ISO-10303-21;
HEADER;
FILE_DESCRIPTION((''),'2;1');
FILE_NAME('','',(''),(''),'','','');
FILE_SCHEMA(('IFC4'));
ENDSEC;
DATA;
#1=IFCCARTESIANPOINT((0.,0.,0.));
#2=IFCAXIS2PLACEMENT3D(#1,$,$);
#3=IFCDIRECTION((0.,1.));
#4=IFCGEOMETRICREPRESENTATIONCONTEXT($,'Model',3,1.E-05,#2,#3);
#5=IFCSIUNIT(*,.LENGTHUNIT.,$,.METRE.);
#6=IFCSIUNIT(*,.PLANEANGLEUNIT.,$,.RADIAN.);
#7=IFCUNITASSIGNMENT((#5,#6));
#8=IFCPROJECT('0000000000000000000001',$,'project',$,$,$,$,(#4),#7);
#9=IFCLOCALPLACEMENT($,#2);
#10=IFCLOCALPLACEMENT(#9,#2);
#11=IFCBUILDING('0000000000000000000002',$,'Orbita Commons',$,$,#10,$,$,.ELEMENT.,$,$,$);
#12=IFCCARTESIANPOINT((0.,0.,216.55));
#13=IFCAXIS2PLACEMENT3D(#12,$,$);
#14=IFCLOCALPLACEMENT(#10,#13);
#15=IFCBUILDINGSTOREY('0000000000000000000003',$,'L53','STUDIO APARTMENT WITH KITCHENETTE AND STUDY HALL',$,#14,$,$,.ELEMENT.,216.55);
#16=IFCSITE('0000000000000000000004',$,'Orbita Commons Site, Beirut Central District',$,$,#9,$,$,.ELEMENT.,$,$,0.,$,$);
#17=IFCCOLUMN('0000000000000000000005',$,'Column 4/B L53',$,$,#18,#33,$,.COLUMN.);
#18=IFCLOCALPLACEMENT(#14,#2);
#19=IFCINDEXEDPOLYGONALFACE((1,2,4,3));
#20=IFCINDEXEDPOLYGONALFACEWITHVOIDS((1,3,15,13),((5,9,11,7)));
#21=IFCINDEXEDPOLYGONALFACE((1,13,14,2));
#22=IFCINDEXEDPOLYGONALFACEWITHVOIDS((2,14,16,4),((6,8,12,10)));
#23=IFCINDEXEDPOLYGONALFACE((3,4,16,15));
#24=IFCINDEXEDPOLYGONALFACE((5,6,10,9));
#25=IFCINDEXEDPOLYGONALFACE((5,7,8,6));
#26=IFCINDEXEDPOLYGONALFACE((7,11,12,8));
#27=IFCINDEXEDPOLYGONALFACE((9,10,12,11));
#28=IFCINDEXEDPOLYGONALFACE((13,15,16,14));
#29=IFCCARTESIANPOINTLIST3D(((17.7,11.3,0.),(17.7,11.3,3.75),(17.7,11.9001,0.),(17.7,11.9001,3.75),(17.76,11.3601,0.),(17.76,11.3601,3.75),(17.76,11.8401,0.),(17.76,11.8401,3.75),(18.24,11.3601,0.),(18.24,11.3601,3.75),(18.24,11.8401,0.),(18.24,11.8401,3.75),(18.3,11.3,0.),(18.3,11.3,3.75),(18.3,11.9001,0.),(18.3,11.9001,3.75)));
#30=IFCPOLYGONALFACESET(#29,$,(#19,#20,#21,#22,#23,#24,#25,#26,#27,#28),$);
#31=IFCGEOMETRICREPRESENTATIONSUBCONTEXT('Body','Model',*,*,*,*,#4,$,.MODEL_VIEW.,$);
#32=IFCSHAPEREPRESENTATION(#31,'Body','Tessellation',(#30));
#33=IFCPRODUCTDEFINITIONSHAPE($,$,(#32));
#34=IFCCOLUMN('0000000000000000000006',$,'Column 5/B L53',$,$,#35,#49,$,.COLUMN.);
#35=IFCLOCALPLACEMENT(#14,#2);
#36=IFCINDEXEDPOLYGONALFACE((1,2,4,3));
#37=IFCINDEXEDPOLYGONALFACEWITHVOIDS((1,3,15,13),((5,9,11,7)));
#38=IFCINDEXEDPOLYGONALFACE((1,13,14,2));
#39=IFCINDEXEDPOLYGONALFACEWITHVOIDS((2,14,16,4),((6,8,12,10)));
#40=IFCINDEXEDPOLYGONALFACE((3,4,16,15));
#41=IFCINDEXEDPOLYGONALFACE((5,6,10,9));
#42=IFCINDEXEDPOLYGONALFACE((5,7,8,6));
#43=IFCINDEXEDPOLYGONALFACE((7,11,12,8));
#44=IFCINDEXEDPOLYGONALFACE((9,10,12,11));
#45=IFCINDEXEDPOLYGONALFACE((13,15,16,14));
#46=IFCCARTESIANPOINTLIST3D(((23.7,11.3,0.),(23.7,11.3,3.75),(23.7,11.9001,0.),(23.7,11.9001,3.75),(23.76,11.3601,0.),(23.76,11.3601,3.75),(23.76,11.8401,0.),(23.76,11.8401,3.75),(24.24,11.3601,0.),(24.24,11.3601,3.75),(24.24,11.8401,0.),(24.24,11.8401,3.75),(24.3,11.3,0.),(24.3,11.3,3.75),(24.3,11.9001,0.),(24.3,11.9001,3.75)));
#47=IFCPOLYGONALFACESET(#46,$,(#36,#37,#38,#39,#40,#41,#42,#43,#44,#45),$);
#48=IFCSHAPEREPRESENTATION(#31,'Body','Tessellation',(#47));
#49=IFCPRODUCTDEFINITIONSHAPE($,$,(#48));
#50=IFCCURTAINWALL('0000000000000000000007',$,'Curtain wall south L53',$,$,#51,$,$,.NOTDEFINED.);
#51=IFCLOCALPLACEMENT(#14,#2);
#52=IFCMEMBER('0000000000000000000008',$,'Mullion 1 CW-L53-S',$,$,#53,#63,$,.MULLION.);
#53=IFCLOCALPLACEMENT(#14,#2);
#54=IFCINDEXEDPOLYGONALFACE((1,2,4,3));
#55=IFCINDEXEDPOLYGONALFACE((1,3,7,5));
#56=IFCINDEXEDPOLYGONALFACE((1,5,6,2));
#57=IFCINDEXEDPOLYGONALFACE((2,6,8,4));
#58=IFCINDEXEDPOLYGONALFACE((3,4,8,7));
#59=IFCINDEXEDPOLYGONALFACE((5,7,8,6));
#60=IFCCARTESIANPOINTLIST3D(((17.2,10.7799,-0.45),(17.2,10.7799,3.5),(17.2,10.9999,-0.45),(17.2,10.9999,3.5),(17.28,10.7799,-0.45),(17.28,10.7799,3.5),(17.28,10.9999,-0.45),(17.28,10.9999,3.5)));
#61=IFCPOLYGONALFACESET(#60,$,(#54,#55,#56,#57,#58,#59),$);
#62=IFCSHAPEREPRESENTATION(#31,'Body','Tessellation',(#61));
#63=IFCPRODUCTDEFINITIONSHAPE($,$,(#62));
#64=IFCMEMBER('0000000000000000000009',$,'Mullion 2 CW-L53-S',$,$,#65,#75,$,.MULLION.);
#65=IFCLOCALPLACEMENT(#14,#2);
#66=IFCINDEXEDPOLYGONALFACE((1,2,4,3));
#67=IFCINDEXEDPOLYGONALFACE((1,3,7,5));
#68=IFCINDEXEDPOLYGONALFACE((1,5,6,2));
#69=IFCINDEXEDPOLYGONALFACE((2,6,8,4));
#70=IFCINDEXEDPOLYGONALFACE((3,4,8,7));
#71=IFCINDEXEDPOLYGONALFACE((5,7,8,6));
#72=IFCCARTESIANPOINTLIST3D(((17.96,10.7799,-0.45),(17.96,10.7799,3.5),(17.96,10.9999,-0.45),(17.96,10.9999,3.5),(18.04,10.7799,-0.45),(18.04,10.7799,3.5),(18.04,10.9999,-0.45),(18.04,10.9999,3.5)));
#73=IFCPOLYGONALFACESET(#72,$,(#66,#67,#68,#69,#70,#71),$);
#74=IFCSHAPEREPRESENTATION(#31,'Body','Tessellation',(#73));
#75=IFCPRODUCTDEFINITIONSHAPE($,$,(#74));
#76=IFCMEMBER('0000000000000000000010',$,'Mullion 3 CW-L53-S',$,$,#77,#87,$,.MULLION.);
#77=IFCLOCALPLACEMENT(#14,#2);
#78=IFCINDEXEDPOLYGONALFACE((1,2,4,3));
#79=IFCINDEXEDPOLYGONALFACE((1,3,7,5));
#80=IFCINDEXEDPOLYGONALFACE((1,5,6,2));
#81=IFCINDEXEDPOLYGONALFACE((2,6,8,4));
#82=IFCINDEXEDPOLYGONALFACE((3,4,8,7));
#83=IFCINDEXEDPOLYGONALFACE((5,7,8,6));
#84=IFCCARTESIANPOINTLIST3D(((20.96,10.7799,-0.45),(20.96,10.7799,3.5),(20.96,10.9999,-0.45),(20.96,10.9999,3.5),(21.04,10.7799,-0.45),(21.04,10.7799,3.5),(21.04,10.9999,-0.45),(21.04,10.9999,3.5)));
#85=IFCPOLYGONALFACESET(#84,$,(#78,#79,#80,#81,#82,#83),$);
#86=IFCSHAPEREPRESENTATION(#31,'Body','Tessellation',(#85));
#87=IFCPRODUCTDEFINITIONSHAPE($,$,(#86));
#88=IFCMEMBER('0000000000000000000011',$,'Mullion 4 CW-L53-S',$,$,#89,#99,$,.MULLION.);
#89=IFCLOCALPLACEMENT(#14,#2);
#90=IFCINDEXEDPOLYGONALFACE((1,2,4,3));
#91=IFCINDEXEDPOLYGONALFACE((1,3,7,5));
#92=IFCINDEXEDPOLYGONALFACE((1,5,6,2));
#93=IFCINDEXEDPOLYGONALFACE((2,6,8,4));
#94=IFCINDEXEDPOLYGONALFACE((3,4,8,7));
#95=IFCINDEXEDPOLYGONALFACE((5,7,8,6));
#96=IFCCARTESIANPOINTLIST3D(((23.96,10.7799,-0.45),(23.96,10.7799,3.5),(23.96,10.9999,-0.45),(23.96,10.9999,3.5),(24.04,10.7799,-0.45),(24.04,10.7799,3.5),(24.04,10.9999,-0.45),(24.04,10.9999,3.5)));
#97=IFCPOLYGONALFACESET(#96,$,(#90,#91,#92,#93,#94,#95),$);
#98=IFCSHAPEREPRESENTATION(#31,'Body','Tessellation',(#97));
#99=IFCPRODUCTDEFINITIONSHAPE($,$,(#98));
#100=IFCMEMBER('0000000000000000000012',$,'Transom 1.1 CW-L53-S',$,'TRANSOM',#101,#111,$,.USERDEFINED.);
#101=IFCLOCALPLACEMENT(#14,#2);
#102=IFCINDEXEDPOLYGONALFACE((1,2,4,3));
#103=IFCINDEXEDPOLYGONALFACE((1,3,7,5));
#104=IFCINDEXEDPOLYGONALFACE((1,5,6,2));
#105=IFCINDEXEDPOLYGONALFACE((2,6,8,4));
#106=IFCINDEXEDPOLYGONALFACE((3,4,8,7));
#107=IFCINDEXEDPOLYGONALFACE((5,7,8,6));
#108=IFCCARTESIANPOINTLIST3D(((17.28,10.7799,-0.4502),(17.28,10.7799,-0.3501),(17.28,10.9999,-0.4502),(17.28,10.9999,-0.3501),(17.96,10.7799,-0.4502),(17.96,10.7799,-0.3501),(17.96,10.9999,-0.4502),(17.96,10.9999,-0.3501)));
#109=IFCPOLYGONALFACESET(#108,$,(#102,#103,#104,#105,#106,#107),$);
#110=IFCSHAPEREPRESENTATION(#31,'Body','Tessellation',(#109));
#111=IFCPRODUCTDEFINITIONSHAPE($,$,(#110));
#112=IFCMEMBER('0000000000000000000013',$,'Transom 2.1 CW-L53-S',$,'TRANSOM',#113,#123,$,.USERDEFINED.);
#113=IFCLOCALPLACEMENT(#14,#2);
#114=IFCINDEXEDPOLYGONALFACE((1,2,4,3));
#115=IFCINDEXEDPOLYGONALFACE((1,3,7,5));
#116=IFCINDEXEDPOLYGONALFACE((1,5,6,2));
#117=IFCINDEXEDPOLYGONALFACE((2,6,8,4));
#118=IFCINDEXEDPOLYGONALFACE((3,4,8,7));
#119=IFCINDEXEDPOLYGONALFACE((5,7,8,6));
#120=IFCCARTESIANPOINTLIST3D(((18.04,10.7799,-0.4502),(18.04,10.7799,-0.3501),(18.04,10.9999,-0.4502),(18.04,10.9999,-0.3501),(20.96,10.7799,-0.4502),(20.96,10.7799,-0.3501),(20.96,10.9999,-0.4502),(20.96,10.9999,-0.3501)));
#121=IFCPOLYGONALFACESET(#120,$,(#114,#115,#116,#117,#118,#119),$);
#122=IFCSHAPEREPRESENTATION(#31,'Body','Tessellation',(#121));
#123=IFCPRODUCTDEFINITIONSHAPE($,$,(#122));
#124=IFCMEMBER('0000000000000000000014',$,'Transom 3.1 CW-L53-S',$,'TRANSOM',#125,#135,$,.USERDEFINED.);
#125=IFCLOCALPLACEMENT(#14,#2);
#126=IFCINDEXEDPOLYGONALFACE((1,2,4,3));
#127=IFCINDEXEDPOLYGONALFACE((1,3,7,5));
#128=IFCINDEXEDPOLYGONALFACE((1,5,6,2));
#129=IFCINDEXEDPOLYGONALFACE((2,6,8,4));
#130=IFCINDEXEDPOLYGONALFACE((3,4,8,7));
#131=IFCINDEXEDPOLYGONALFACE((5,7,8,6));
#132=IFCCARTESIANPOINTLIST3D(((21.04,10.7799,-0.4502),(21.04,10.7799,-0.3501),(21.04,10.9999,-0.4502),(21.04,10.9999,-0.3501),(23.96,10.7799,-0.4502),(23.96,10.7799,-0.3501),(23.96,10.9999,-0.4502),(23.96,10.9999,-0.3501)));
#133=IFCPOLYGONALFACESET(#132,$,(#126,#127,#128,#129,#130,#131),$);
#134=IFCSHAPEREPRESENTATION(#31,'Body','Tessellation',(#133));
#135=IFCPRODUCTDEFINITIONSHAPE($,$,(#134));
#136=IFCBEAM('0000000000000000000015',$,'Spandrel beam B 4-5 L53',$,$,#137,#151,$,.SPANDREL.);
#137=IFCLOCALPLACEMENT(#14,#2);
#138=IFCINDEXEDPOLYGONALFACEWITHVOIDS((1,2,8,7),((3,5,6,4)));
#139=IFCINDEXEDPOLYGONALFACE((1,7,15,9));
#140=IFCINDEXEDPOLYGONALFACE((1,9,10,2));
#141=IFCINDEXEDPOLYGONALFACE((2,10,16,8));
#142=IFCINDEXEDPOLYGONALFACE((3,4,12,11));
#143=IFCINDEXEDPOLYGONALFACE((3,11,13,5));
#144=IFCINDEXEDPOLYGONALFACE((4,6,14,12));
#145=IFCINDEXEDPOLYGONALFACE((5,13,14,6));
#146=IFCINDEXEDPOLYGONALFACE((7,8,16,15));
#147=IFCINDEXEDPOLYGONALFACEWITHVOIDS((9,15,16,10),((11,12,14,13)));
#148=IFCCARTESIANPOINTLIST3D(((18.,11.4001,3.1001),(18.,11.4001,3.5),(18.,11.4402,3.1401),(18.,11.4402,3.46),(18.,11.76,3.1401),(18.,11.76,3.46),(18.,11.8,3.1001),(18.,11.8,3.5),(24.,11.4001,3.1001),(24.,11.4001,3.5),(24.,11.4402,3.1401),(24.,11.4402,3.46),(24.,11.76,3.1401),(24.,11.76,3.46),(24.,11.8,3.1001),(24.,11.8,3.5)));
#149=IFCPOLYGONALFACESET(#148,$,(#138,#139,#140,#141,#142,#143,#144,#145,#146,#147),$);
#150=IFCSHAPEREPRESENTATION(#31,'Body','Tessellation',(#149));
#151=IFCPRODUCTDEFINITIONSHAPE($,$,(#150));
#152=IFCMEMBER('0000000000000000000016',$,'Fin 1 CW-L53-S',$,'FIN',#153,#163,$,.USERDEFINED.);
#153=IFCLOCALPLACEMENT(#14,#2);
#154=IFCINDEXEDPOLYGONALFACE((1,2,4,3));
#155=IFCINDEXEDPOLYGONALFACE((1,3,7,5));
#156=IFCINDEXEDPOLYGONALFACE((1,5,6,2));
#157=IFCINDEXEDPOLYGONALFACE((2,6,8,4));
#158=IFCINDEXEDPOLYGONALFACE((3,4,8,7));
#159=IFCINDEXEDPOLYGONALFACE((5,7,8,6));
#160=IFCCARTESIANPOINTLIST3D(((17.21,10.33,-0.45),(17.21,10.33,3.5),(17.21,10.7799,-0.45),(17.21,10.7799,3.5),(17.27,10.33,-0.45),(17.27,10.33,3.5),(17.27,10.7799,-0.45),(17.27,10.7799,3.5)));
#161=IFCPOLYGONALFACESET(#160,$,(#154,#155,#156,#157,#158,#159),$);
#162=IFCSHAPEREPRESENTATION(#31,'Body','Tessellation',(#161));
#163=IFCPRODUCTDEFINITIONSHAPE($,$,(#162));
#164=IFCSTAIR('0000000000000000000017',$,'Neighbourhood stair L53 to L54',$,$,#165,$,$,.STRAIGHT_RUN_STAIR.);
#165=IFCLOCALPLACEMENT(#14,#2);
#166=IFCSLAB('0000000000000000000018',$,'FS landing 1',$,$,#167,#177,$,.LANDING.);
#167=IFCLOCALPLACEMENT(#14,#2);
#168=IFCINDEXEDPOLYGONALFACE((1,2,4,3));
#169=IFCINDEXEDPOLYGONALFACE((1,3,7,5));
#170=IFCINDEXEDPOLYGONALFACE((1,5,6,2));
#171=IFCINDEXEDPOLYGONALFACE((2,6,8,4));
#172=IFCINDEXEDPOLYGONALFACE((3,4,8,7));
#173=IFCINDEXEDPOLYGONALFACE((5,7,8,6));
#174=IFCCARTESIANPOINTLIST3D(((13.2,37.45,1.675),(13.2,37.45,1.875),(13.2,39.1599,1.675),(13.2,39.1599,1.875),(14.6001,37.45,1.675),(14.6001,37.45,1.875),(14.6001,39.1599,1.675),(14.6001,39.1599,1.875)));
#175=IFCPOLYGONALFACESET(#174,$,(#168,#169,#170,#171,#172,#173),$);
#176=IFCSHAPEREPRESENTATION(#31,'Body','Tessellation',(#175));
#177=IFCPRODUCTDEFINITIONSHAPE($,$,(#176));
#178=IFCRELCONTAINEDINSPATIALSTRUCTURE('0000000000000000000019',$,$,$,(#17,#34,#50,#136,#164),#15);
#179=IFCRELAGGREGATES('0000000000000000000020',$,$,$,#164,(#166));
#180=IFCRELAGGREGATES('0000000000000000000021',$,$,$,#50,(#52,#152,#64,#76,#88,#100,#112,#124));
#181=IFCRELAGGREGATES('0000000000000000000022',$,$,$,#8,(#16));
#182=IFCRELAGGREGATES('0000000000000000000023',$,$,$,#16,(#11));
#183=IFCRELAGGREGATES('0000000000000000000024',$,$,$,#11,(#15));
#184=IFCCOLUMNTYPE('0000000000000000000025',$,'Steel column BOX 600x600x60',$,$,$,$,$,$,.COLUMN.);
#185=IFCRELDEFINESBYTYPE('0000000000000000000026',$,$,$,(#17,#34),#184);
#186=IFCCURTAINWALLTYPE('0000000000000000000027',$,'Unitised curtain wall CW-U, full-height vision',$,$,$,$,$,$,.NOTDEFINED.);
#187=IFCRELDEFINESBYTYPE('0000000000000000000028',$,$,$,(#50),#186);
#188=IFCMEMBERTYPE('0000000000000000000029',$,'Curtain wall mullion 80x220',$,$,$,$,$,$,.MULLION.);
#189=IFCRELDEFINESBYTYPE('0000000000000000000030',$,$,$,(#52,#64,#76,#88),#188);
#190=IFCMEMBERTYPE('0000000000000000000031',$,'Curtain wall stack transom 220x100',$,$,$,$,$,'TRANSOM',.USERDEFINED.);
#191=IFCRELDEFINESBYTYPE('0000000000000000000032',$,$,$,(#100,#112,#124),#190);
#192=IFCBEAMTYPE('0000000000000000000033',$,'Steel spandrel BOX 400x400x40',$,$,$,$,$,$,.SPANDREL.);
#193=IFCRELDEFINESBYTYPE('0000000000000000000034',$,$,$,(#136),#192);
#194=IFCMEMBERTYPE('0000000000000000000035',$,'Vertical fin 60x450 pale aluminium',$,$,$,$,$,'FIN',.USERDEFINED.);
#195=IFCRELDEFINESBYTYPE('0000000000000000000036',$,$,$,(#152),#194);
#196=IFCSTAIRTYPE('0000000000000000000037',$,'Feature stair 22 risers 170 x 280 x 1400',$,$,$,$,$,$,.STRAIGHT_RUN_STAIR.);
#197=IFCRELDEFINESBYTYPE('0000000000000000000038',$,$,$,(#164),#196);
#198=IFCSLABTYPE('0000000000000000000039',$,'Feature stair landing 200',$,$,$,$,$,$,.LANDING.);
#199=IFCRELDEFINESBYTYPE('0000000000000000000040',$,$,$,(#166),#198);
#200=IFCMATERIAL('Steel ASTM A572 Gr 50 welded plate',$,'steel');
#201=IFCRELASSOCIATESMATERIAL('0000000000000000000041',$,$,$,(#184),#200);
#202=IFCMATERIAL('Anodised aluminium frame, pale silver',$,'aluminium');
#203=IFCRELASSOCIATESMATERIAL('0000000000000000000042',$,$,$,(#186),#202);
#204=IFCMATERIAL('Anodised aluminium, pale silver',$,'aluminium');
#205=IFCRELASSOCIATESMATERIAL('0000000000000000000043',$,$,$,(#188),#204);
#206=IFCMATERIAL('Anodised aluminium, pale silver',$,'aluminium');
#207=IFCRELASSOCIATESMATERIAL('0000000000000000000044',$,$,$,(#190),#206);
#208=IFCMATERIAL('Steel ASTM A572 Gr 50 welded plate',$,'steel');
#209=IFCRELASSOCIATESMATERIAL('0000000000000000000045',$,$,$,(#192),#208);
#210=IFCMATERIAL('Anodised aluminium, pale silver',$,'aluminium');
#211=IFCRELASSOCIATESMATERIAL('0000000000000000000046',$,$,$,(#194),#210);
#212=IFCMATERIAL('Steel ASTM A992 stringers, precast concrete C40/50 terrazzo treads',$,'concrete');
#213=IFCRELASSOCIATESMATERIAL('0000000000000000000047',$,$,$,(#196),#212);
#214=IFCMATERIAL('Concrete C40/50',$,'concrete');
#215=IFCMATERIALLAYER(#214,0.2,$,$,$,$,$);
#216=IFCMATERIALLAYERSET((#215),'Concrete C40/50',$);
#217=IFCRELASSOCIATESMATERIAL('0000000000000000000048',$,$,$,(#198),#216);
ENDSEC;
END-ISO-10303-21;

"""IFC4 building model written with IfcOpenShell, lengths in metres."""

from ifc_helpers import new_model, si_unit, direction, frame, origin, origin_2d, place, context, subcontext, project, spatial, polyline, rectangle, hollow_rectangle, outline, extrude, material, layer, layer_set, material_profile, profile_set, type_object, element, aggregate, save


model = new_model("IFC4")

# Units and contexts
model_context = context("Model", 3, precision=1e-05, world=origin(), true_north=direction((0.0, 1.0)))
body_context = subcontext(model_context, "Body", "Model", "MODEL_VIEW")
ifc_project = project(units=[si_unit("LENGTHUNIT", "METRE"), si_unit("PLANEANGLEUNIT", "RADIAN")], contexts=[model_context])

# Site, building, storey
site_placement = place(None, origin())
site = spatial("IfcSite", under=ifc_project, at=site_placement, Name="Orbita Commons Site, Beirut Central District", CompositionType="ELEMENT", RefElevation=0.0)
building_placement = place(site_placement, origin())
building = spatial("IfcBuilding", under=site, at=building_placement, Name="Orbita Commons", CompositionType="ELEMENT")
storey_placement = place(building_placement, frame((0.0, 0.0, 216.55)))
storey = spatial("IfcBuildingStorey", under=building, at=storey_placement, Name="L53", Description="STUDIO APARTMENT WITH KITCHENETTE AND STUDY HALL", CompositionType="ELEMENT", Elevation=216.55)

# Columns
ifc_material_1 = material(Name="Steel ASTM A572 Gr 50 welded plate", Category="steel")
ifc_material_profile_1 = material_profile(ifc_material_1, hollow_rectangle(XDim=0.6001, YDim=0.6001, WallThickness=0.0601, at=origin_2d()), Name="BOX 600x600x60")
ifc_profile_set_1 = profile_set([ifc_material_profile_1], Name="Steel ASTM A572 Gr 50 welded plate")
column_type = type_object("IfcColumnType", Name="Steel column BOX 600x600x60", PredefinedType="COLUMN", material=ifc_profile_set_1)
for number, where, z_axis, x_axis, name in (
    (1, (18.0, 11.6001, 0.0), (0.0, 0.0, 1.0), (1.0, 0.0, 0.0), "Column 4/B L53"),
    (2, (24.0, 11.6001, 0.0), (0.0, 0.0, 1.0), (1.0, 0.0, 0.0), "Column 5/B L53"),
):
    element("IfcColumn", number, at=place(storey_placement, frame(where, z_axis=z_axis, x_axis=x_axis)), inside=storey, type_object=column_type, Name=name, PredefinedType="COLUMN", context=body_context, shape_type="SweptSolid", body=[
        extrude(hollow_rectangle(XDim=0.6001, YDim=0.6001, WallThickness=0.0601, at=origin_2d()), origin(), (0.0, 0.0, 1.0), 3.75),
    ])

# Curtain wall, members
ifc_material_2 = material(Name="Anodised aluminium frame, pale silver", Category="aluminium")
curtain_wall_type = type_object("IfcCurtainWallType", Name="Unitised curtain wall CW-U, full-height vision", PredefinedType="NOTDEFINED", material=ifc_material_2)
curtain_wall_placement = place(storey_placement, origin())
curtain_wall = element("IfcCurtainWall", 3, at=curtain_wall_placement, inside=storey, type_object=curtain_wall_type, Name="Curtain wall south L53", PredefinedType="NOTDEFINED")
ifc_material_3 = material(Name="Anodised aluminium, pale silver", Category="aluminium")
ifc_material_profile_2 = material_profile(ifc_material_3, rectangle(XDim=0.0801, YDim=0.22, at=origin_2d()), Name="AL 80x220")
ifc_profile_set_2 = profile_set([ifc_material_profile_2], Name="Anodised aluminium, pale silver")
member_type_1 = type_object("IfcMemberType", Name="Curtain wall mullion 80x220", PredefinedType="MULLION", material=ifc_profile_set_2)
member_1_placement = place(storey_placement, frame((17.24, 10.8899, -0.45), z_axis=(0.0, 0.0, 1.0), x_axis=(1.0, 0.0, 0.0)))
member_1 = element("IfcMember", 4, at=member_1_placement, type_object=member_type_1, Name="Mullion 1 CW-L53-S", PredefinedType="MULLION", context=body_context, shape_type="SweptSolid", body=[
    extrude(rectangle(XDim=0.0801, YDim=0.22, at=origin_2d()), origin(), (0.0, 0.0, 1.0), 3.95),
])
member_2_placement = place(storey_placement, frame((18.0, 10.8899, -0.45), z_axis=(0.0, 0.0, 1.0), x_axis=(1.0, 0.0, 0.0)))
member_2 = element("IfcMember", 5, at=member_2_placement, type_object=member_type_1, Name="Mullion 2 CW-L53-S", PredefinedType="MULLION", context=body_context, shape_type="SweptSolid", body=[
    extrude(rectangle(XDim=0.0801, YDim=0.22, at=origin_2d()), origin(), (0.0, 0.0, 1.0), 3.95),
])
member_3_placement = place(storey_placement, frame((21.0, 10.8899, -0.45), z_axis=(0.0, 0.0, 1.0), x_axis=(1.0, 0.0, 0.0)))
member_3 = element("IfcMember", 6, at=member_3_placement, type_object=member_type_1, Name="Mullion 3 CW-L53-S", PredefinedType="MULLION", context=body_context, shape_type="SweptSolid", body=[
    extrude(rectangle(XDim=0.0801, YDim=0.22, at=origin_2d()), origin(), (0.0, 0.0, 1.0), 3.95),
])
member_4_placement = place(storey_placement, frame((24.0, 10.8899, -0.45), z_axis=(0.0, 0.0, 1.0), x_axis=(1.0, 0.0, 0.0)))
member_4 = element("IfcMember", 7, at=member_4_placement, type_object=member_type_1, Name="Mullion 4 CW-L53-S", PredefinedType="MULLION", context=body_context, shape_type="SweptSolid", body=[
    extrude(rectangle(XDim=0.0801, YDim=0.22, at=origin_2d()), origin(), (0.0, 0.0, 1.0), 3.95),
])
ifc_material_4 = material(Name="Anodised aluminium, pale silver", Category="aluminium")
ifc_material_profile_3 = material_profile(ifc_material_4, rectangle(XDim=0.22, YDim=0.1001, at=origin_2d()), Name="AL 220x100")
ifc_profile_set_3 = profile_set([ifc_material_profile_3], Name="Anodised aluminium, pale silver")
member_type_2 = type_object("IfcMemberType", Name="Curtain wall stack transom 220x100", ElementType="TRANSOM", PredefinedType="USERDEFINED", material=ifc_profile_set_3)
member_5_placement = place(storey_placement, frame((17.28, 10.8899, -0.4001), z_axis=(1.0, 0.0, 0.0), x_axis=(0.0, 1.0, 0.0)))
member_5 = element("IfcMember", 8, at=member_5_placement, type_object=member_type_2, Name="Transom 1.1 CW-L53-S", ObjectType="TRANSOM", PredefinedType="USERDEFINED", context=body_context, shape_type="SweptSolid", body=[
    extrude(rectangle(XDim=0.22, YDim=0.1001, at=origin_2d()), origin(), (0.0, 0.0, 1.0), 0.6799),
])
member_6_placement = place(storey_placement, frame((18.04, 10.8899, -0.4001), z_axis=(1.0, 0.0, 0.0), x_axis=(0.0, 1.0, 0.0)))
member_6 = element("IfcMember", 9, at=member_6_placement, type_object=member_type_2, Name="Transom 2.1 CW-L53-S", ObjectType="TRANSOM", PredefinedType="USERDEFINED", context=body_context, shape_type="SweptSolid", body=[
    extrude(rectangle(XDim=0.22, YDim=0.1001, at=origin_2d()), origin(), (0.0, 0.0, 1.0), 2.9199),
])
member_7_placement = place(storey_placement, frame((21.04, 10.8899, -0.4001), z_axis=(1.0, 0.0, 0.0), x_axis=(0.0, 1.0, 0.0)))
member_7 = element("IfcMember", 10, at=member_7_placement, type_object=member_type_2, Name="Transom 3.1 CW-L53-S", ObjectType="TRANSOM", PredefinedType="USERDEFINED", context=body_context, shape_type="SweptSolid", body=[
    extrude(rectangle(XDim=0.22, YDim=0.1001, at=origin_2d()), origin(), (0.0, 0.0, 1.0), 2.9199),
])

# Beam
ifc_material_5 = material(Name="Steel ASTM A572 Gr 50 welded plate", Category="steel")
ifc_material_profile_4 = material_profile(ifc_material_5, hollow_rectangle(XDim=0.3999, YDim=0.3999, WallThickness=0.04, at=origin_2d()), Name="BOX 400x400x40")
ifc_profile_set_4 = profile_set([ifc_material_profile_4], Name="Steel ASTM A572 Gr 50 welded plate")
beam_type = type_object("IfcBeamType", Name="Steel spandrel BOX 400x400x40", PredefinedType="SPANDREL", material=ifc_profile_set_4)
beam_placement = place(storey_placement, frame((18.0, 11.6001, 3.3), z_axis=(1.0, 0.0, 0.0), x_axis=(0.0, 1.0, 0.0)))
element("IfcBeam", 11, at=beam_placement, inside=storey, type_object=beam_type, Name="Spandrel beam B 4-5 L53", PredefinedType="SPANDREL", context=body_context, shape_type="SweptSolid", body=[
    extrude(hollow_rectangle(XDim=0.3999, YDim=0.3999, WallThickness=0.04, at=origin_2d()), origin(), (0.0, 0.0, 1.0), 6.0),
])

# Member
ifc_material_6 = material(Name="Anodised aluminium, pale silver", Category="aluminium")
ifc_material_profile_5 = material_profile(ifc_material_6, rectangle(XDim=0.0601, YDim=0.45, at=origin_2d()), Name="FIN 60x450")
ifc_profile_set_5 = profile_set([ifc_material_profile_5], Name="Anodised aluminium, pale silver")
member_type_3 = type_object("IfcMemberType", Name="Vertical fin 60x450 pale aluminium", ElementType="FIN", PredefinedType="USERDEFINED", material=ifc_profile_set_5)
member_8_placement = place(storey_placement, frame((17.24, 10.5549, -0.45), z_axis=(0.0, 0.0, 1.0), x_axis=(1.0, 0.0, 0.0)))
member_8 = element("IfcMember", 12, at=member_8_placement, type_object=member_type_3, Name="Fin 1 CW-L53-S", ObjectType="FIN", PredefinedType="USERDEFINED", context=body_context, shape_type="SweptSolid", body=[
    extrude(rectangle(XDim=0.0601, YDim=0.45, at=origin_2d()), origin(), (0.0, 0.0, 1.0), 3.95),
])

# Stair, slab
ifc_material_7 = material(Name="Steel ASTM A992 stringers, precast concrete C40/50 terrazzo treads", Category="concrete")
stair_type_1 = type_object("IfcStairType", Name="Feature stair 22 risers 170 x 280 x 1400", PredefinedType="STRAIGHT_RUN_STAIR", material=ifc_material_7)
stair_1_placement = place(storey_placement, origin())
stair_1 = element("IfcStair", 13, at=stair_1_placement, inside=storey, type_object=stair_type_1, Name="Neighbourhood stair L53 to L54", PredefinedType="STRAIGHT_RUN_STAIR")
ifc_material_8 = material(Name="Concrete C40/50", Category="concrete")
ifc_layer_1 = layer(ifc_material_8, 0.2)
ifc_layer_set_1 = layer_set([ifc_layer_1], Name="Concrete C40/50")
slab_type_1 = type_object("IfcSlabType", Name="Feature stair landing 200", PredefinedType="LANDING", material=ifc_layer_set_1)
slab_1_placement = place(storey_placement, frame((0.0, 0.0, 1.675)))
slab_1 = element("IfcSlab", 14, at=slab_1_placement, type_object=slab_type_1, Name="FS landing 1", PredefinedType="LANDING", context=body_context, shape_type="SweptSolid", body=[
    extrude(outline(polyline([(13.2, 37.45), (14.6001, 37.45), (14.6001, 39.1599), (13.2, 39.1599), (13.2, 37.45)])), origin(), (0.0, 0.0, 1.0), 0.2),
])
aggregate(stair_1, [slab_1])

aggregate(curtain_wall, [member_1, member_8, member_2, member_3, member_4, member_5, member_6, member_7])

save(model, "model.ifc")
